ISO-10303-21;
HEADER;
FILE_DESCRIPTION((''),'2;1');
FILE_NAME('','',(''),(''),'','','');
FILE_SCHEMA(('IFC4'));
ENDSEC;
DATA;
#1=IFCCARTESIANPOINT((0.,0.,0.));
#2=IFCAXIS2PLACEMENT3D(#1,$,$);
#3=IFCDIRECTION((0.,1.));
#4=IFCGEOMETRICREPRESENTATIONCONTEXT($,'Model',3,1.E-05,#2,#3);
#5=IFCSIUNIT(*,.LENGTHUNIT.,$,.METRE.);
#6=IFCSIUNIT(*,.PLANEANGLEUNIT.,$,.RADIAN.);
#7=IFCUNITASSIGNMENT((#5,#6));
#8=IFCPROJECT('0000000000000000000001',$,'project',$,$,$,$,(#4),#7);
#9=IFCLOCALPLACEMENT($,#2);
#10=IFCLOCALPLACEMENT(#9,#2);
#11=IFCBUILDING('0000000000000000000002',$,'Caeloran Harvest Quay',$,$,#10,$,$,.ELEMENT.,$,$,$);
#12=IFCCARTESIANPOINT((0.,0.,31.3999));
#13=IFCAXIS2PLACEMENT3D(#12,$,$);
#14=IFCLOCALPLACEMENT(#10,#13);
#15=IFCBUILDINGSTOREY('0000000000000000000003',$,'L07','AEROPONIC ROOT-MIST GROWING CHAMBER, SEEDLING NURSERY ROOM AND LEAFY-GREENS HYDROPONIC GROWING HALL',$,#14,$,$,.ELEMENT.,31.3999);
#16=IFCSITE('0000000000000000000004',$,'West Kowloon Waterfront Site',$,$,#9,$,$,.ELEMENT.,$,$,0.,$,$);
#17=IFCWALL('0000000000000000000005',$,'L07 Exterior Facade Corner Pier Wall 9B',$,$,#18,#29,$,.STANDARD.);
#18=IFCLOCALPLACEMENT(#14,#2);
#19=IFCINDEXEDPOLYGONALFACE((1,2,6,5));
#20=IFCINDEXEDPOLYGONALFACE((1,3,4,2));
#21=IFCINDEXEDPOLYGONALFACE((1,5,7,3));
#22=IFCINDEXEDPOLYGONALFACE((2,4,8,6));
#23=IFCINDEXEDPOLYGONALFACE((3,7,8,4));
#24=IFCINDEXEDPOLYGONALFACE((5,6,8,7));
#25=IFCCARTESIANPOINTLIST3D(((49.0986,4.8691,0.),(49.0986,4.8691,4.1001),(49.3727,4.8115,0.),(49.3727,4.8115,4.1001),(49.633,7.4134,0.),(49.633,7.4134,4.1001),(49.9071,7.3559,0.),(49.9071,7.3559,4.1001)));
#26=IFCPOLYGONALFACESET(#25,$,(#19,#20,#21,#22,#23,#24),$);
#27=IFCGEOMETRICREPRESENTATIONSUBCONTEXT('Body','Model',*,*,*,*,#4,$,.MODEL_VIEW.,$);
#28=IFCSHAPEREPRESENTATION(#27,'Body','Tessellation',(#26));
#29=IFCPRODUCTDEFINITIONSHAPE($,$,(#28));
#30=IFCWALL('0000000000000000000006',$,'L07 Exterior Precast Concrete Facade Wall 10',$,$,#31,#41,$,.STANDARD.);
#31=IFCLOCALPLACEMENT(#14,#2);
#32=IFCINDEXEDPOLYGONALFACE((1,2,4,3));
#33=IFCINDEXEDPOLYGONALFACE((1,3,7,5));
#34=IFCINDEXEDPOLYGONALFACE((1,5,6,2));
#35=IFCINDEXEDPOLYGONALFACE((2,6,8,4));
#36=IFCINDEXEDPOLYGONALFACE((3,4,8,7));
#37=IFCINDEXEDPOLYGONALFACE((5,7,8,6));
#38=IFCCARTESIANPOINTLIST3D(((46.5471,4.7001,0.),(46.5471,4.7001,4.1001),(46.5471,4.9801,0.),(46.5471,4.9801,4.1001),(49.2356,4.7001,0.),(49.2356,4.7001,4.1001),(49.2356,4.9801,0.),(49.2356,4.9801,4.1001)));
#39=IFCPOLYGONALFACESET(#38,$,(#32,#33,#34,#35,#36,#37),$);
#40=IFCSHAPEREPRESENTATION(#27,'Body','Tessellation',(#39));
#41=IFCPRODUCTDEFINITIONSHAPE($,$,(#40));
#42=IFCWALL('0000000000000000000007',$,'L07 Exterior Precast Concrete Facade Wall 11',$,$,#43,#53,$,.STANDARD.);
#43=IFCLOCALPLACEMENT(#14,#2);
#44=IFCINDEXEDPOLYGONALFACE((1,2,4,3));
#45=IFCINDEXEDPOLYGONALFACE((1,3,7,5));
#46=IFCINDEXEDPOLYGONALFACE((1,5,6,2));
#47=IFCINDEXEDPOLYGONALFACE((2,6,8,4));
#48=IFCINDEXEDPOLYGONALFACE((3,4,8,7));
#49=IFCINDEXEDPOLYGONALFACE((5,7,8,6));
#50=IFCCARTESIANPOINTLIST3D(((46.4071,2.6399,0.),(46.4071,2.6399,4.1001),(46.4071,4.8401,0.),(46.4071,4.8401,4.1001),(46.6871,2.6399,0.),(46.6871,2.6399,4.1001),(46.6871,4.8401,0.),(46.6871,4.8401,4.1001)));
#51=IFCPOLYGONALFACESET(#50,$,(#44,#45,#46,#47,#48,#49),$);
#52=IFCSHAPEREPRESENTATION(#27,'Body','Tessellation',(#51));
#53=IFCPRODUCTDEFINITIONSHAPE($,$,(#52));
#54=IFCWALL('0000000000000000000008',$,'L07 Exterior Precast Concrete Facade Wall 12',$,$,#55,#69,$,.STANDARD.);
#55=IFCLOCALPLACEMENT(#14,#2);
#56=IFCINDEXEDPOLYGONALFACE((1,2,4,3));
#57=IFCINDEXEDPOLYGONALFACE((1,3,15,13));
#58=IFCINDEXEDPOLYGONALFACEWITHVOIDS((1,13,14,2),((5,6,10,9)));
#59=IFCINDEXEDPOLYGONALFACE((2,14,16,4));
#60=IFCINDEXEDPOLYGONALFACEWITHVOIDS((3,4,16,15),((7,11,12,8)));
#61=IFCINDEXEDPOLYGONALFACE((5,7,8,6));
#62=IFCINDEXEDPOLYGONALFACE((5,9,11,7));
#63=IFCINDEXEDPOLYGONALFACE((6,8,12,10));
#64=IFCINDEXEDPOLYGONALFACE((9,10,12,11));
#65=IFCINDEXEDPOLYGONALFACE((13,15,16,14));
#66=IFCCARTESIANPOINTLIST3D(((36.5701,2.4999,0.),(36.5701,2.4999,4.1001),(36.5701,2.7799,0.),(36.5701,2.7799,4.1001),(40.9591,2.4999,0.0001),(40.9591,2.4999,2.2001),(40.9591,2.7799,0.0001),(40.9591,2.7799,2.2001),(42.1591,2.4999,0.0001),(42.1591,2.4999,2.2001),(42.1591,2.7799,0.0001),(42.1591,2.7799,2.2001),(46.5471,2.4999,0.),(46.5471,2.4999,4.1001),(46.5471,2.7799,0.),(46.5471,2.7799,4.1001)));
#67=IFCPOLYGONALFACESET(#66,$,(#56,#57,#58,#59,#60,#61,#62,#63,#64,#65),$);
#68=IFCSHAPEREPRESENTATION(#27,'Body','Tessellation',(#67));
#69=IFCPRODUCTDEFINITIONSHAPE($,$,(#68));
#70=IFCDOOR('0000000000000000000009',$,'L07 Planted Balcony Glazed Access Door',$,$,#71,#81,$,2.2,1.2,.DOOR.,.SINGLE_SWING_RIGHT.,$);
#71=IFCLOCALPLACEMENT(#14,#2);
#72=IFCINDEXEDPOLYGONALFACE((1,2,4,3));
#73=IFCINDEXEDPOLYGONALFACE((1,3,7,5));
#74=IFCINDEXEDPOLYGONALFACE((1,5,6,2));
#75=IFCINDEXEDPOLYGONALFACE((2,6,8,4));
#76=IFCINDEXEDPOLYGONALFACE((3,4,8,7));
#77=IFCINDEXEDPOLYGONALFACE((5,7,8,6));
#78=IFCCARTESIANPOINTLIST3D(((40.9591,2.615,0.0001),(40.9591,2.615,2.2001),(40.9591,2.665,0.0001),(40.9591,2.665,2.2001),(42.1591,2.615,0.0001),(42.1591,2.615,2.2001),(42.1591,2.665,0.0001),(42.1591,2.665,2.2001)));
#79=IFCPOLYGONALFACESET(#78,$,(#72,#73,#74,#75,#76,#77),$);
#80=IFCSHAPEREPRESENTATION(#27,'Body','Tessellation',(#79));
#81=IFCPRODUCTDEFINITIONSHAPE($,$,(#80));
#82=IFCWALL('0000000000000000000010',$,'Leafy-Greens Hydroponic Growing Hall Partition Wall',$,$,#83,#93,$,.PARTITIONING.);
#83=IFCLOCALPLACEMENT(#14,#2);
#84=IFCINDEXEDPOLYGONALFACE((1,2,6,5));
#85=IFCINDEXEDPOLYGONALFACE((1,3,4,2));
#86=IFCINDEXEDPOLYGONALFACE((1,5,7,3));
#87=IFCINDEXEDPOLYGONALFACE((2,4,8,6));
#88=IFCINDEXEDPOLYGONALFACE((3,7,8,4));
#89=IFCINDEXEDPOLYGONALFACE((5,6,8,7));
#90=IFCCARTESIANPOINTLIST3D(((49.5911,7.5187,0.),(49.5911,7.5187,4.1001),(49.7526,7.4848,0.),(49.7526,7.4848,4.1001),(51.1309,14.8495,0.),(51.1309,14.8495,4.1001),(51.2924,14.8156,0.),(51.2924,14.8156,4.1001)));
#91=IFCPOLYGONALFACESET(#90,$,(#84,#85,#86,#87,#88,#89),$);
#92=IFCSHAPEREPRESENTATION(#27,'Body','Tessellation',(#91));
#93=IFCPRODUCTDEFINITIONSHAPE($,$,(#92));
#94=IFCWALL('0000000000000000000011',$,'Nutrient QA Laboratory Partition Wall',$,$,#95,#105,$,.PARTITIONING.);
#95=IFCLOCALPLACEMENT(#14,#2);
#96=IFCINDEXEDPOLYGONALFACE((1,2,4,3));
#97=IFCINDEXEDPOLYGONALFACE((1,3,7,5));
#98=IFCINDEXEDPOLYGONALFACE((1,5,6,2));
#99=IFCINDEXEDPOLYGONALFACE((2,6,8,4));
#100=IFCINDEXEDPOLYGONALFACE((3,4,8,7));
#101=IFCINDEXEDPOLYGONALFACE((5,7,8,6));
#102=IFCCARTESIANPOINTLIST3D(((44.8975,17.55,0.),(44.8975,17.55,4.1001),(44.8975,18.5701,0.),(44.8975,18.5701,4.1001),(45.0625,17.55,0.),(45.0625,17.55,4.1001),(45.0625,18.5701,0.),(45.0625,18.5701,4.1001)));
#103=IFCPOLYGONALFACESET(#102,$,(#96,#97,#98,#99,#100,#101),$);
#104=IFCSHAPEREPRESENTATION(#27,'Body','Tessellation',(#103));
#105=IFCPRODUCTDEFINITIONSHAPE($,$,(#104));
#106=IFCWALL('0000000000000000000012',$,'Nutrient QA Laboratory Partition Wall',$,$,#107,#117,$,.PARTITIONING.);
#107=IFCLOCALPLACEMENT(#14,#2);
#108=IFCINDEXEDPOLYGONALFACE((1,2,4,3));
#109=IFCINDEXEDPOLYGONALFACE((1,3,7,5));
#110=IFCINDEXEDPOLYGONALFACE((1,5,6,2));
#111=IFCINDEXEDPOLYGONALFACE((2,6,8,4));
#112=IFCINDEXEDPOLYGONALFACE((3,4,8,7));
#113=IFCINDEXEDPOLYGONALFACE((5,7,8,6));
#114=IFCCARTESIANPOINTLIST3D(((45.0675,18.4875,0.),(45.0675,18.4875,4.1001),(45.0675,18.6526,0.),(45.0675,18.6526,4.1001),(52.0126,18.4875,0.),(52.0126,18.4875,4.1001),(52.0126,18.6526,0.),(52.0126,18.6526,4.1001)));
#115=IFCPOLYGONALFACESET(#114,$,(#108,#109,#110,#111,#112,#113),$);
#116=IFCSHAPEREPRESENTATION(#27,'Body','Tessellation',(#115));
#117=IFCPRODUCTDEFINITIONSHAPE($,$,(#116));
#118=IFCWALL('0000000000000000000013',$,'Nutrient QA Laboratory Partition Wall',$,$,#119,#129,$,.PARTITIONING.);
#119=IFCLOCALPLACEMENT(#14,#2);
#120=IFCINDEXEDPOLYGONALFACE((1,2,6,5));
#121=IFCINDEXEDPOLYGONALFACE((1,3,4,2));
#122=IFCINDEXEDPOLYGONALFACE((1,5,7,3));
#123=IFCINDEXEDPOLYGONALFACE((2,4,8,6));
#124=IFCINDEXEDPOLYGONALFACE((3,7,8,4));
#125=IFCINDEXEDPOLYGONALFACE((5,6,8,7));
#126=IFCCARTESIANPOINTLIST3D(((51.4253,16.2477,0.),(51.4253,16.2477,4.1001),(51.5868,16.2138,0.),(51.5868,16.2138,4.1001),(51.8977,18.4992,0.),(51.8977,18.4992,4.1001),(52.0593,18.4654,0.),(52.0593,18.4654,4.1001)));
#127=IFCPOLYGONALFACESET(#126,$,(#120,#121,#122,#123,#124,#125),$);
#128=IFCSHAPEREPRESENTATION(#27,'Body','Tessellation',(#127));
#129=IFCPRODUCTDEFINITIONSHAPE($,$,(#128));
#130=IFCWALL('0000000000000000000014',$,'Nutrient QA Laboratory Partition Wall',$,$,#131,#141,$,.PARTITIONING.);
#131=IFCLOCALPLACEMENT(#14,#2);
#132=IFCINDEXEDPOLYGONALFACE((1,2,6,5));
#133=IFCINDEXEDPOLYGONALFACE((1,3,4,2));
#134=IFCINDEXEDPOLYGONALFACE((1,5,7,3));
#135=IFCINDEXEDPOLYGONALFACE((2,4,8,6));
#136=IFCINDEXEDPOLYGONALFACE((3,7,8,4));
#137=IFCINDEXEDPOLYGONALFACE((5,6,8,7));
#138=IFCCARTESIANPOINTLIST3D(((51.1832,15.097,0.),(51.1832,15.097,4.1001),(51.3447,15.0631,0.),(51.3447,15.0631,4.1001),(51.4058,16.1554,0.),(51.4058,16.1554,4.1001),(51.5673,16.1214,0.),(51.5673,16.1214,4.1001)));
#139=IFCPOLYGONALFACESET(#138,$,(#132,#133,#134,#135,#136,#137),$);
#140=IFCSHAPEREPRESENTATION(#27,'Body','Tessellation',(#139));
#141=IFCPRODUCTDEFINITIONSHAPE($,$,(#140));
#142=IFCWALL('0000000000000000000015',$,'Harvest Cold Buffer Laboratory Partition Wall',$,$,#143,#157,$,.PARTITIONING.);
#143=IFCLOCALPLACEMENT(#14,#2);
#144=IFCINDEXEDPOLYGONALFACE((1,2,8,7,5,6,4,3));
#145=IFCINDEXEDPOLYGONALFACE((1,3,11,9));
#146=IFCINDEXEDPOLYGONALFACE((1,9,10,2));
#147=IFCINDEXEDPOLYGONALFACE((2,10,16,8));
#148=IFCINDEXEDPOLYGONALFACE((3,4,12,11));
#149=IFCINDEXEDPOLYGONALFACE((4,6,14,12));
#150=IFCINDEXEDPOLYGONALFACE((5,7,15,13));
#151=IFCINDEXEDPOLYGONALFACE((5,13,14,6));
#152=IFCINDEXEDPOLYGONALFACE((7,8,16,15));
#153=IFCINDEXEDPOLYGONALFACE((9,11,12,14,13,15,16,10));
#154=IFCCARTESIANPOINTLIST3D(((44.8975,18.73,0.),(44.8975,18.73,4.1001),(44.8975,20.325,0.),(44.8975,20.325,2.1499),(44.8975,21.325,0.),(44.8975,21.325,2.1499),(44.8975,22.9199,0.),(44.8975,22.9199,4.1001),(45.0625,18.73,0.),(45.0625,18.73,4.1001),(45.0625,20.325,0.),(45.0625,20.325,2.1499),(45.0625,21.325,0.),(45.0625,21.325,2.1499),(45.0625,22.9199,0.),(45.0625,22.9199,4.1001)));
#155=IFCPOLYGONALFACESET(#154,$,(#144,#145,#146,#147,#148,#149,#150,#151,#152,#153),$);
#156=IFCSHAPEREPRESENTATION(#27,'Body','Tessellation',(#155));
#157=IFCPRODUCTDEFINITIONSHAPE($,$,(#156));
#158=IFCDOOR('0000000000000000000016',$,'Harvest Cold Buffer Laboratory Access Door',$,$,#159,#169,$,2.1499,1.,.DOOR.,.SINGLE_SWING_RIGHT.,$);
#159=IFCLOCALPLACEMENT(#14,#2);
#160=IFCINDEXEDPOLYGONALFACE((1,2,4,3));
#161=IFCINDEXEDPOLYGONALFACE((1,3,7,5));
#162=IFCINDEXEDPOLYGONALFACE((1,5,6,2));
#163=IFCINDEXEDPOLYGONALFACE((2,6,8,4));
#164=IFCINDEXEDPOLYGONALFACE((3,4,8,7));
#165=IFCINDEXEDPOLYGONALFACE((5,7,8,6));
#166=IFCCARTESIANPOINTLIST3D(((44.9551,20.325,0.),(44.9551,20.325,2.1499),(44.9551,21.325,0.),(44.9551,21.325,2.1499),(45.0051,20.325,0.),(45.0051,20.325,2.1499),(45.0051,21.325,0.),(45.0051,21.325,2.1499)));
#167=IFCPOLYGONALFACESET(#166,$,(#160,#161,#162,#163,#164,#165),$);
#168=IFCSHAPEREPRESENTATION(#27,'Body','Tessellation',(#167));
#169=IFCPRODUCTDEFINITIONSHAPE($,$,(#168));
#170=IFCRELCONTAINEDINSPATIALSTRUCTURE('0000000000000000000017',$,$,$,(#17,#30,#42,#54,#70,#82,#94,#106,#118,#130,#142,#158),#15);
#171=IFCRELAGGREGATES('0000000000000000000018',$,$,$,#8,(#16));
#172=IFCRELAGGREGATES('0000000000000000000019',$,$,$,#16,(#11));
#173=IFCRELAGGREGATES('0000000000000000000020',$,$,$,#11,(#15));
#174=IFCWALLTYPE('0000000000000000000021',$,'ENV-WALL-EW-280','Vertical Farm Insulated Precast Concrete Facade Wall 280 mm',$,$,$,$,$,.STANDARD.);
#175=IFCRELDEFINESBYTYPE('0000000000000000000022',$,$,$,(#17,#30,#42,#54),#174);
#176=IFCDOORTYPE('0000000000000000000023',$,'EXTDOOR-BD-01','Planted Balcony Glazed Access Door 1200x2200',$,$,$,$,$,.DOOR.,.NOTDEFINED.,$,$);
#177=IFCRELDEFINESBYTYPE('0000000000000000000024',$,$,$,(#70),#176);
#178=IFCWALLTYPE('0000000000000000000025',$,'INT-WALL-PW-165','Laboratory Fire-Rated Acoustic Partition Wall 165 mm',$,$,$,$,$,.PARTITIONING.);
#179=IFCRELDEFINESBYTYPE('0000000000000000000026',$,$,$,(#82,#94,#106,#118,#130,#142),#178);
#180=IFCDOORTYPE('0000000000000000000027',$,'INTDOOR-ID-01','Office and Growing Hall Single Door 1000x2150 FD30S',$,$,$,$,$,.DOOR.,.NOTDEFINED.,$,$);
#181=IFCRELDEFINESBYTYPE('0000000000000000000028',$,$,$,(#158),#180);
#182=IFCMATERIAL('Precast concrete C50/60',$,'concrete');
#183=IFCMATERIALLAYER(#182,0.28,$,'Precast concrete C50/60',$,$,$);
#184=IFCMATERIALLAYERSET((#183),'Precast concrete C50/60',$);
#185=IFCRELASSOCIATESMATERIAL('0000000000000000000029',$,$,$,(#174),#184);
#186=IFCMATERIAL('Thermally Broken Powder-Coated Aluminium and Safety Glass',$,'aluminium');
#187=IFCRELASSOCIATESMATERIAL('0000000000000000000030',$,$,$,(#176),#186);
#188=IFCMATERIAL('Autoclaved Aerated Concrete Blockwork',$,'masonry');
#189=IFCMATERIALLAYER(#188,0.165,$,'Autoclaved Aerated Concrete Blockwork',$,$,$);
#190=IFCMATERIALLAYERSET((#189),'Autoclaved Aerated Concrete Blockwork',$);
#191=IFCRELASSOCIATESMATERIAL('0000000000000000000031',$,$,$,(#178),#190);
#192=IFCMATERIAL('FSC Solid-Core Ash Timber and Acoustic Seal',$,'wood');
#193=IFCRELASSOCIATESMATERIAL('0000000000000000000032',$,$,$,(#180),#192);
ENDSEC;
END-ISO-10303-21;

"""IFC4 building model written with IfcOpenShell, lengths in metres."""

from ifc_helpers import new_model, si_unit, direction, frame, frame_2d, origin, place, context, subcontext, project, spatial, rectangle, extrude, material, layer, layer_set, type_object, element, fill, save


model = new_model("IFC4")

# Units and contexts
model_context = context("Model", 3, precision=1e-05, world=origin(), true_north=direction((0.0, 1.0)))
body_context = subcontext(model_context, "Body", "Model", "MODEL_VIEW")
ifc_project = project(units=[si_unit("LENGTHUNIT", "METRE"), si_unit("PLANEANGLEUNIT", "RADIAN")], contexts=[model_context])

# Site, building, storey
site_placement = place(None, origin())
site = spatial("IfcSite", under=ifc_project, at=site_placement, Name="West Kowloon Waterfront Site", CompositionType="ELEMENT", RefElevation=0.0)
building_placement = place(site_placement, origin())
building = spatial("IfcBuilding", under=site, at=building_placement, Name="Caeloran Harvest Quay", CompositionType="ELEMENT")
storey_placement = place(building_placement, frame((0.0, 0.0, 31.3999)))
storey = spatial("IfcBuildingStorey", under=building, at=storey_placement, Name="L07", Description="AEROPONIC ROOT-MIST GROWING CHAMBER, SEEDLING NURSERY ROOM AND LEAFY-GREENS HYDROPONIC GROWING HALL", CompositionType="ELEMENT", Elevation=31.3999)

# Shared definitions
ifc_material_1 = material(Name="Precast concrete C50/60", Category="concrete")

# Walls
ifc_layer_1 = layer(ifc_material_1, 0.28, Name="Precast concrete C50/60")
ifc_layer_set_1 = layer_set([ifc_layer_1], Name="Precast concrete C50/60")
wall_type_1 = type_object("IfcWallType", Name="ENV-WALL-EW-280", Description="Vertical Farm Insulated Precast Concrete Facade Wall 280 mm", PredefinedType="STANDARD", material=ifc_layer_set_1)
wall_1_placement = place(storey_placement, frame((49.77, 7.3845, 0.0), z_axis=(0.0, 0.0, 1.0), x_axis=(-0.205551, -0.978646, 0.0)))
element("IfcWall", 1, at=wall_1_placement, inside=storey, type_object=wall_type_1, Name="L07 Exterior Facade Corner Pier Wall 9B", PredefinedType="STANDARD", context=body_context, shape_type="SweptSolid", body=[
    extrude(rectangle(XDim=2.5999, YDim=0.28, at=frame_2d((1.2998, 0.0))), origin(), (0.0, 0.0, 1.0), 4.1001),
])
wall_2_placement = place(storey_placement, frame((49.2356, 4.8401, 0.0), z_axis=(0.0, 0.0, 1.0), x_axis=(-1.0, 0.0, 0.0)))
element("IfcWall", 2, at=wall_2_placement, inside=storey, type_object=wall_type_1, Name="L07 Exterior Precast Concrete Facade Wall 10", PredefinedType="STANDARD", context=body_context, shape_type="SweptSolid", body=[
    extrude(rectangle(XDim=2.6885, YDim=0.28, at=frame_2d((1.3442, 0.0))), origin(), (0.0, 0.0, 1.0), 4.1001),
])
wall_3_placement = place(storey_placement, frame((46.5471, 4.8401, 0.0), z_axis=(0.0, 0.0, 1.0), x_axis=(0.0, -1.0, 0.0)))
element("IfcWall", 3, at=wall_3_placement, inside=storey, type_object=wall_type_1, Name="L07 Exterior Precast Concrete Facade Wall 11", PredefinedType="STANDARD", context=body_context, shape_type="SweptSolid", body=[
    extrude(rectangle(XDim=2.2002, YDim=0.28, at=frame_2d((1.1001, 0.0))), origin(), (0.0, 0.0, 1.0), 4.1001),
])

# Wall, opening, door
wall_4_placement = place(storey_placement, frame((46.5471, 2.6399, 0.0), z_axis=(0.0, 0.0, 1.0), x_axis=(-1.0, 0.0, 0.0)))
wall_4 = element("IfcWall", 4, at=wall_4_placement, inside=storey, type_object=wall_type_1, Name="L07 Exterior Precast Concrete Facade Wall 12", PredefinedType="STANDARD", context=body_context, shape_type="SweptSolid", body=[
    extrude(rectangle(XDim=9.9771, YDim=0.28, at=frame_2d((4.9885, 0.0))), origin(), (0.0, 0.0, 1.0), 4.1001),
])
opening_1_placement = place(wall_4_placement, frame((4.3879, 0.0, 0.0)))
opening_1 = element("IfcOpeningElement", 5, at=opening_1_placement, cuts=wall_4, PredefinedType="OPENING", context=body_context, shape_type="SweptSolid", body=[
    extrude(rectangle(XDim=1.2, YDim=2.2, at=frame_2d((0.6001, 1.1001))), frame((0.0, 0.1499, 0.0), z_axis=(0.0, -1.0, 0.0), x_axis=(1.0, 0.0, 0.0)), (0.0, 0.0, 1.0), 0.3),
])
ifc_material_2 = material(Name="Thermally Broken Powder-Coated Aluminium and Safety Glass", Category="aluminium")
door_type_1 = type_object("IfcDoorType", Name="EXTDOOR-BD-01", Description="Planted Balcony Glazed Access Door 1200x2200", OperationType="NOTDEFINED", PredefinedType="DOOR", material=ifc_material_2)
door_1_placement = place(opening_1_placement, origin())
door_1 = element("IfcDoor", 6, at=door_1_placement, inside=storey, type_object=door_type_1, Name="L07 Planted Balcony Glazed Access Door", OperationType="SINGLE_SWING_RIGHT", OverallHeight=2.2, OverallWidth=1.2, PredefinedType="DOOR", context=body_context, shape_type="SweptSolid", body=[
    extrude(rectangle(XDim=1.2, YDim=2.2, at=frame_2d((0.6001, 1.1001))), frame((0.0, 0.0249, 0.0), z_axis=(0.0, -1.0, 0.0), x_axis=(1.0, 0.0, 0.0)), (0.0, 0.0, 1.0), 0.05),
])
fill(opening_1, door_1)

# Walls
ifc_material_3 = material(Name="Autoclaved Aerated Concrete Blockwork", Category="masonry")
ifc_layer_2 = layer(ifc_material_3, 0.165, Name="Autoclaved Aerated Concrete Blockwork")
ifc_layer_set_2 = layer_set([ifc_layer_2], Name="Autoclaved Aerated Concrete Blockwork")
wall_type_2 = type_object("IfcWallType", Name="INT-WALL-PW-165", Description="Laboratory Fire-Rated Acoustic Partition Wall 165 mm", PredefinedType="PARTITIONING", material=ifc_layer_set_2)
wall_5_placement = place(storey_placement, frame((51.2117, 14.8325, 0.0), z_axis=(0.0, 0.0, 1.0), x_axis=(-0.205559, -0.978645, 0.0)))
element("IfcWall", 7, at=wall_5_placement, inside=storey, type_object=wall_type_2, Name="Leafy-Greens Hydroponic Growing Hall Partition Wall", PredefinedType="PARTITIONING", context=body_context, shape_type="SweptSolid", body=[
    extrude(rectangle(XDim=7.4907, YDim=0.165, at=frame_2d((3.7454, 0.0))), origin(), (0.0, 0.0, 1.0), 4.1001),
])
wall_6_placement = place(storey_placement, frame((44.98, 17.55, 0.0), z_axis=(0.0, 0.0, 1.0), x_axis=(0.0, 1.0, 0.0)))
element("IfcWall", 8, at=wall_6_placement, inside=storey, type_object=wall_type_2, Name="Nutrient QA Laboratory Partition Wall", PredefinedType="PARTITIONING", context=body_context, shape_type="SweptSolid", body=[
    extrude(rectangle(XDim=1.02, YDim=0.165, at=frame_2d((0.51, 0.0))), origin(), (0.0, 0.0, 1.0), 4.1001),
])
wall_7_placement = place(storey_placement, frame((45.0674, 18.5701, 0.0), z_axis=(0.0, 0.0, 1.0), x_axis=(1.0, 0.0, 0.0)))
element("IfcWall", 9, at=wall_7_placement, inside=storey, type_object=wall_type_2, Name="Nutrient QA Laboratory Partition Wall", PredefinedType="PARTITIONING", context=body_context, shape_type="SweptSolid", body=[
    extrude(rectangle(XDim=6.9451, YDim=0.165, at=frame_2d((3.4727, 0.0))), origin(), (0.0, 0.0, 1.0), 4.1001),
])
wall_8_placement = place(storey_placement, frame((51.9785, 18.4824, 0.0), z_axis=(0.0, 0.0, 1.0), x_axis=(-0.205353, -0.978688, 0.0)))
element("IfcWall", 10, at=wall_8_placement, inside=storey, type_object=wall_type_2, Name="Nutrient QA Laboratory Partition Wall", PredefinedType="PARTITIONING", context=body_context, shape_type="SweptSolid", body=[
    extrude(rectangle(XDim=2.3005, YDim=0.165, at=frame_2d((1.1504, 0.0))), origin(), (0.0, 0.0, 1.0), 4.1001),
])
wall_9_placement = place(storey_placement, frame((51.4866, 16.1384, 0.0), z_axis=(0.0, 0.0, 1.0), x_axis=(-0.205874, -0.978579, 0.0)))
element("IfcWall", 11, at=wall_9_placement, inside=storey, type_object=wall_type_2, Name="Nutrient QA Laboratory Partition Wall", PredefinedType="PARTITIONING", context=body_context, shape_type="SweptSolid", body=[
    extrude(rectangle(XDim=1.0815, YDim=0.165, at=frame_2d((0.5408, 0.0))), origin(), (0.0, 0.0, 1.0), 4.1001),
])

# Wall, opening, door
wall_10_placement = place(storey_placement, frame((44.98, 18.73, 0.0), z_axis=(0.0, 0.0, 1.0), x_axis=(0.0, 1.0, 0.0)))
wall_10 = element("IfcWall", 12, at=wall_10_placement, inside=storey, type_object=wall_type_2, Name="Harvest Cold Buffer Laboratory Partition Wall", PredefinedType="PARTITIONING", context=body_context, shape_type="SweptSolid", body=[
    extrude(rectangle(XDim=4.1899, YDim=0.165, at=frame_2d((2.095, 0.0))), origin(), (0.0, 0.0, 1.0), 4.1001),
])
opening_2_placement = place(wall_10_placement, frame((1.595, 0.0, 0.0)))
opening_2 = element("IfcOpeningElement", 13, at=opening_2_placement, cuts=wall_10, PredefinedType="OPENING", context=body_context, shape_type="SweptSolid", body=[
    extrude(rectangle(XDim=1.0, YDim=2.1499, at=frame_2d((0.5, 1.075))), frame((0.0, 0.0925, 0.0), z_axis=(0.0, -1.0, 0.0), x_axis=(1.0, 0.0, 0.0)), (0.0, 0.0, 1.0), 0.1851),
])
ifc_material_4 = material(Name="FSC Solid-Core Ash Timber and Acoustic Seal", Category="wood")
door_type_2 = type_object("IfcDoorType", Name="INTDOOR-ID-01", Description="Office and Growing Hall Single Door 1000x2150 FD30S", OperationType="NOTDEFINED", PredefinedType="DOOR", material=ifc_material_4)
door_2_placement = place(opening_2_placement, origin())
door_2 = element("IfcDoor", 14, at=door_2_placement, inside=storey, type_object=door_type_2, Name="Harvest Cold Buffer Laboratory Access Door", OperationType="SINGLE_SWING_RIGHT", OverallHeight=2.1499, OverallWidth=1.0, PredefinedType="DOOR", context=body_context, shape_type="SweptSolid", body=[
    extrude(rectangle(XDim=1.0, YDim=2.1499, at=frame_2d((0.5, 1.075))), frame((0.0, 0.0249, 0.0), z_axis=(0.0, -1.0, 0.0), x_axis=(1.0, 0.0, 0.0)), (0.0, 0.0, 1.0), 0.05),
])
fill(opening_2, door_2)

save(model, "model.ifc")
